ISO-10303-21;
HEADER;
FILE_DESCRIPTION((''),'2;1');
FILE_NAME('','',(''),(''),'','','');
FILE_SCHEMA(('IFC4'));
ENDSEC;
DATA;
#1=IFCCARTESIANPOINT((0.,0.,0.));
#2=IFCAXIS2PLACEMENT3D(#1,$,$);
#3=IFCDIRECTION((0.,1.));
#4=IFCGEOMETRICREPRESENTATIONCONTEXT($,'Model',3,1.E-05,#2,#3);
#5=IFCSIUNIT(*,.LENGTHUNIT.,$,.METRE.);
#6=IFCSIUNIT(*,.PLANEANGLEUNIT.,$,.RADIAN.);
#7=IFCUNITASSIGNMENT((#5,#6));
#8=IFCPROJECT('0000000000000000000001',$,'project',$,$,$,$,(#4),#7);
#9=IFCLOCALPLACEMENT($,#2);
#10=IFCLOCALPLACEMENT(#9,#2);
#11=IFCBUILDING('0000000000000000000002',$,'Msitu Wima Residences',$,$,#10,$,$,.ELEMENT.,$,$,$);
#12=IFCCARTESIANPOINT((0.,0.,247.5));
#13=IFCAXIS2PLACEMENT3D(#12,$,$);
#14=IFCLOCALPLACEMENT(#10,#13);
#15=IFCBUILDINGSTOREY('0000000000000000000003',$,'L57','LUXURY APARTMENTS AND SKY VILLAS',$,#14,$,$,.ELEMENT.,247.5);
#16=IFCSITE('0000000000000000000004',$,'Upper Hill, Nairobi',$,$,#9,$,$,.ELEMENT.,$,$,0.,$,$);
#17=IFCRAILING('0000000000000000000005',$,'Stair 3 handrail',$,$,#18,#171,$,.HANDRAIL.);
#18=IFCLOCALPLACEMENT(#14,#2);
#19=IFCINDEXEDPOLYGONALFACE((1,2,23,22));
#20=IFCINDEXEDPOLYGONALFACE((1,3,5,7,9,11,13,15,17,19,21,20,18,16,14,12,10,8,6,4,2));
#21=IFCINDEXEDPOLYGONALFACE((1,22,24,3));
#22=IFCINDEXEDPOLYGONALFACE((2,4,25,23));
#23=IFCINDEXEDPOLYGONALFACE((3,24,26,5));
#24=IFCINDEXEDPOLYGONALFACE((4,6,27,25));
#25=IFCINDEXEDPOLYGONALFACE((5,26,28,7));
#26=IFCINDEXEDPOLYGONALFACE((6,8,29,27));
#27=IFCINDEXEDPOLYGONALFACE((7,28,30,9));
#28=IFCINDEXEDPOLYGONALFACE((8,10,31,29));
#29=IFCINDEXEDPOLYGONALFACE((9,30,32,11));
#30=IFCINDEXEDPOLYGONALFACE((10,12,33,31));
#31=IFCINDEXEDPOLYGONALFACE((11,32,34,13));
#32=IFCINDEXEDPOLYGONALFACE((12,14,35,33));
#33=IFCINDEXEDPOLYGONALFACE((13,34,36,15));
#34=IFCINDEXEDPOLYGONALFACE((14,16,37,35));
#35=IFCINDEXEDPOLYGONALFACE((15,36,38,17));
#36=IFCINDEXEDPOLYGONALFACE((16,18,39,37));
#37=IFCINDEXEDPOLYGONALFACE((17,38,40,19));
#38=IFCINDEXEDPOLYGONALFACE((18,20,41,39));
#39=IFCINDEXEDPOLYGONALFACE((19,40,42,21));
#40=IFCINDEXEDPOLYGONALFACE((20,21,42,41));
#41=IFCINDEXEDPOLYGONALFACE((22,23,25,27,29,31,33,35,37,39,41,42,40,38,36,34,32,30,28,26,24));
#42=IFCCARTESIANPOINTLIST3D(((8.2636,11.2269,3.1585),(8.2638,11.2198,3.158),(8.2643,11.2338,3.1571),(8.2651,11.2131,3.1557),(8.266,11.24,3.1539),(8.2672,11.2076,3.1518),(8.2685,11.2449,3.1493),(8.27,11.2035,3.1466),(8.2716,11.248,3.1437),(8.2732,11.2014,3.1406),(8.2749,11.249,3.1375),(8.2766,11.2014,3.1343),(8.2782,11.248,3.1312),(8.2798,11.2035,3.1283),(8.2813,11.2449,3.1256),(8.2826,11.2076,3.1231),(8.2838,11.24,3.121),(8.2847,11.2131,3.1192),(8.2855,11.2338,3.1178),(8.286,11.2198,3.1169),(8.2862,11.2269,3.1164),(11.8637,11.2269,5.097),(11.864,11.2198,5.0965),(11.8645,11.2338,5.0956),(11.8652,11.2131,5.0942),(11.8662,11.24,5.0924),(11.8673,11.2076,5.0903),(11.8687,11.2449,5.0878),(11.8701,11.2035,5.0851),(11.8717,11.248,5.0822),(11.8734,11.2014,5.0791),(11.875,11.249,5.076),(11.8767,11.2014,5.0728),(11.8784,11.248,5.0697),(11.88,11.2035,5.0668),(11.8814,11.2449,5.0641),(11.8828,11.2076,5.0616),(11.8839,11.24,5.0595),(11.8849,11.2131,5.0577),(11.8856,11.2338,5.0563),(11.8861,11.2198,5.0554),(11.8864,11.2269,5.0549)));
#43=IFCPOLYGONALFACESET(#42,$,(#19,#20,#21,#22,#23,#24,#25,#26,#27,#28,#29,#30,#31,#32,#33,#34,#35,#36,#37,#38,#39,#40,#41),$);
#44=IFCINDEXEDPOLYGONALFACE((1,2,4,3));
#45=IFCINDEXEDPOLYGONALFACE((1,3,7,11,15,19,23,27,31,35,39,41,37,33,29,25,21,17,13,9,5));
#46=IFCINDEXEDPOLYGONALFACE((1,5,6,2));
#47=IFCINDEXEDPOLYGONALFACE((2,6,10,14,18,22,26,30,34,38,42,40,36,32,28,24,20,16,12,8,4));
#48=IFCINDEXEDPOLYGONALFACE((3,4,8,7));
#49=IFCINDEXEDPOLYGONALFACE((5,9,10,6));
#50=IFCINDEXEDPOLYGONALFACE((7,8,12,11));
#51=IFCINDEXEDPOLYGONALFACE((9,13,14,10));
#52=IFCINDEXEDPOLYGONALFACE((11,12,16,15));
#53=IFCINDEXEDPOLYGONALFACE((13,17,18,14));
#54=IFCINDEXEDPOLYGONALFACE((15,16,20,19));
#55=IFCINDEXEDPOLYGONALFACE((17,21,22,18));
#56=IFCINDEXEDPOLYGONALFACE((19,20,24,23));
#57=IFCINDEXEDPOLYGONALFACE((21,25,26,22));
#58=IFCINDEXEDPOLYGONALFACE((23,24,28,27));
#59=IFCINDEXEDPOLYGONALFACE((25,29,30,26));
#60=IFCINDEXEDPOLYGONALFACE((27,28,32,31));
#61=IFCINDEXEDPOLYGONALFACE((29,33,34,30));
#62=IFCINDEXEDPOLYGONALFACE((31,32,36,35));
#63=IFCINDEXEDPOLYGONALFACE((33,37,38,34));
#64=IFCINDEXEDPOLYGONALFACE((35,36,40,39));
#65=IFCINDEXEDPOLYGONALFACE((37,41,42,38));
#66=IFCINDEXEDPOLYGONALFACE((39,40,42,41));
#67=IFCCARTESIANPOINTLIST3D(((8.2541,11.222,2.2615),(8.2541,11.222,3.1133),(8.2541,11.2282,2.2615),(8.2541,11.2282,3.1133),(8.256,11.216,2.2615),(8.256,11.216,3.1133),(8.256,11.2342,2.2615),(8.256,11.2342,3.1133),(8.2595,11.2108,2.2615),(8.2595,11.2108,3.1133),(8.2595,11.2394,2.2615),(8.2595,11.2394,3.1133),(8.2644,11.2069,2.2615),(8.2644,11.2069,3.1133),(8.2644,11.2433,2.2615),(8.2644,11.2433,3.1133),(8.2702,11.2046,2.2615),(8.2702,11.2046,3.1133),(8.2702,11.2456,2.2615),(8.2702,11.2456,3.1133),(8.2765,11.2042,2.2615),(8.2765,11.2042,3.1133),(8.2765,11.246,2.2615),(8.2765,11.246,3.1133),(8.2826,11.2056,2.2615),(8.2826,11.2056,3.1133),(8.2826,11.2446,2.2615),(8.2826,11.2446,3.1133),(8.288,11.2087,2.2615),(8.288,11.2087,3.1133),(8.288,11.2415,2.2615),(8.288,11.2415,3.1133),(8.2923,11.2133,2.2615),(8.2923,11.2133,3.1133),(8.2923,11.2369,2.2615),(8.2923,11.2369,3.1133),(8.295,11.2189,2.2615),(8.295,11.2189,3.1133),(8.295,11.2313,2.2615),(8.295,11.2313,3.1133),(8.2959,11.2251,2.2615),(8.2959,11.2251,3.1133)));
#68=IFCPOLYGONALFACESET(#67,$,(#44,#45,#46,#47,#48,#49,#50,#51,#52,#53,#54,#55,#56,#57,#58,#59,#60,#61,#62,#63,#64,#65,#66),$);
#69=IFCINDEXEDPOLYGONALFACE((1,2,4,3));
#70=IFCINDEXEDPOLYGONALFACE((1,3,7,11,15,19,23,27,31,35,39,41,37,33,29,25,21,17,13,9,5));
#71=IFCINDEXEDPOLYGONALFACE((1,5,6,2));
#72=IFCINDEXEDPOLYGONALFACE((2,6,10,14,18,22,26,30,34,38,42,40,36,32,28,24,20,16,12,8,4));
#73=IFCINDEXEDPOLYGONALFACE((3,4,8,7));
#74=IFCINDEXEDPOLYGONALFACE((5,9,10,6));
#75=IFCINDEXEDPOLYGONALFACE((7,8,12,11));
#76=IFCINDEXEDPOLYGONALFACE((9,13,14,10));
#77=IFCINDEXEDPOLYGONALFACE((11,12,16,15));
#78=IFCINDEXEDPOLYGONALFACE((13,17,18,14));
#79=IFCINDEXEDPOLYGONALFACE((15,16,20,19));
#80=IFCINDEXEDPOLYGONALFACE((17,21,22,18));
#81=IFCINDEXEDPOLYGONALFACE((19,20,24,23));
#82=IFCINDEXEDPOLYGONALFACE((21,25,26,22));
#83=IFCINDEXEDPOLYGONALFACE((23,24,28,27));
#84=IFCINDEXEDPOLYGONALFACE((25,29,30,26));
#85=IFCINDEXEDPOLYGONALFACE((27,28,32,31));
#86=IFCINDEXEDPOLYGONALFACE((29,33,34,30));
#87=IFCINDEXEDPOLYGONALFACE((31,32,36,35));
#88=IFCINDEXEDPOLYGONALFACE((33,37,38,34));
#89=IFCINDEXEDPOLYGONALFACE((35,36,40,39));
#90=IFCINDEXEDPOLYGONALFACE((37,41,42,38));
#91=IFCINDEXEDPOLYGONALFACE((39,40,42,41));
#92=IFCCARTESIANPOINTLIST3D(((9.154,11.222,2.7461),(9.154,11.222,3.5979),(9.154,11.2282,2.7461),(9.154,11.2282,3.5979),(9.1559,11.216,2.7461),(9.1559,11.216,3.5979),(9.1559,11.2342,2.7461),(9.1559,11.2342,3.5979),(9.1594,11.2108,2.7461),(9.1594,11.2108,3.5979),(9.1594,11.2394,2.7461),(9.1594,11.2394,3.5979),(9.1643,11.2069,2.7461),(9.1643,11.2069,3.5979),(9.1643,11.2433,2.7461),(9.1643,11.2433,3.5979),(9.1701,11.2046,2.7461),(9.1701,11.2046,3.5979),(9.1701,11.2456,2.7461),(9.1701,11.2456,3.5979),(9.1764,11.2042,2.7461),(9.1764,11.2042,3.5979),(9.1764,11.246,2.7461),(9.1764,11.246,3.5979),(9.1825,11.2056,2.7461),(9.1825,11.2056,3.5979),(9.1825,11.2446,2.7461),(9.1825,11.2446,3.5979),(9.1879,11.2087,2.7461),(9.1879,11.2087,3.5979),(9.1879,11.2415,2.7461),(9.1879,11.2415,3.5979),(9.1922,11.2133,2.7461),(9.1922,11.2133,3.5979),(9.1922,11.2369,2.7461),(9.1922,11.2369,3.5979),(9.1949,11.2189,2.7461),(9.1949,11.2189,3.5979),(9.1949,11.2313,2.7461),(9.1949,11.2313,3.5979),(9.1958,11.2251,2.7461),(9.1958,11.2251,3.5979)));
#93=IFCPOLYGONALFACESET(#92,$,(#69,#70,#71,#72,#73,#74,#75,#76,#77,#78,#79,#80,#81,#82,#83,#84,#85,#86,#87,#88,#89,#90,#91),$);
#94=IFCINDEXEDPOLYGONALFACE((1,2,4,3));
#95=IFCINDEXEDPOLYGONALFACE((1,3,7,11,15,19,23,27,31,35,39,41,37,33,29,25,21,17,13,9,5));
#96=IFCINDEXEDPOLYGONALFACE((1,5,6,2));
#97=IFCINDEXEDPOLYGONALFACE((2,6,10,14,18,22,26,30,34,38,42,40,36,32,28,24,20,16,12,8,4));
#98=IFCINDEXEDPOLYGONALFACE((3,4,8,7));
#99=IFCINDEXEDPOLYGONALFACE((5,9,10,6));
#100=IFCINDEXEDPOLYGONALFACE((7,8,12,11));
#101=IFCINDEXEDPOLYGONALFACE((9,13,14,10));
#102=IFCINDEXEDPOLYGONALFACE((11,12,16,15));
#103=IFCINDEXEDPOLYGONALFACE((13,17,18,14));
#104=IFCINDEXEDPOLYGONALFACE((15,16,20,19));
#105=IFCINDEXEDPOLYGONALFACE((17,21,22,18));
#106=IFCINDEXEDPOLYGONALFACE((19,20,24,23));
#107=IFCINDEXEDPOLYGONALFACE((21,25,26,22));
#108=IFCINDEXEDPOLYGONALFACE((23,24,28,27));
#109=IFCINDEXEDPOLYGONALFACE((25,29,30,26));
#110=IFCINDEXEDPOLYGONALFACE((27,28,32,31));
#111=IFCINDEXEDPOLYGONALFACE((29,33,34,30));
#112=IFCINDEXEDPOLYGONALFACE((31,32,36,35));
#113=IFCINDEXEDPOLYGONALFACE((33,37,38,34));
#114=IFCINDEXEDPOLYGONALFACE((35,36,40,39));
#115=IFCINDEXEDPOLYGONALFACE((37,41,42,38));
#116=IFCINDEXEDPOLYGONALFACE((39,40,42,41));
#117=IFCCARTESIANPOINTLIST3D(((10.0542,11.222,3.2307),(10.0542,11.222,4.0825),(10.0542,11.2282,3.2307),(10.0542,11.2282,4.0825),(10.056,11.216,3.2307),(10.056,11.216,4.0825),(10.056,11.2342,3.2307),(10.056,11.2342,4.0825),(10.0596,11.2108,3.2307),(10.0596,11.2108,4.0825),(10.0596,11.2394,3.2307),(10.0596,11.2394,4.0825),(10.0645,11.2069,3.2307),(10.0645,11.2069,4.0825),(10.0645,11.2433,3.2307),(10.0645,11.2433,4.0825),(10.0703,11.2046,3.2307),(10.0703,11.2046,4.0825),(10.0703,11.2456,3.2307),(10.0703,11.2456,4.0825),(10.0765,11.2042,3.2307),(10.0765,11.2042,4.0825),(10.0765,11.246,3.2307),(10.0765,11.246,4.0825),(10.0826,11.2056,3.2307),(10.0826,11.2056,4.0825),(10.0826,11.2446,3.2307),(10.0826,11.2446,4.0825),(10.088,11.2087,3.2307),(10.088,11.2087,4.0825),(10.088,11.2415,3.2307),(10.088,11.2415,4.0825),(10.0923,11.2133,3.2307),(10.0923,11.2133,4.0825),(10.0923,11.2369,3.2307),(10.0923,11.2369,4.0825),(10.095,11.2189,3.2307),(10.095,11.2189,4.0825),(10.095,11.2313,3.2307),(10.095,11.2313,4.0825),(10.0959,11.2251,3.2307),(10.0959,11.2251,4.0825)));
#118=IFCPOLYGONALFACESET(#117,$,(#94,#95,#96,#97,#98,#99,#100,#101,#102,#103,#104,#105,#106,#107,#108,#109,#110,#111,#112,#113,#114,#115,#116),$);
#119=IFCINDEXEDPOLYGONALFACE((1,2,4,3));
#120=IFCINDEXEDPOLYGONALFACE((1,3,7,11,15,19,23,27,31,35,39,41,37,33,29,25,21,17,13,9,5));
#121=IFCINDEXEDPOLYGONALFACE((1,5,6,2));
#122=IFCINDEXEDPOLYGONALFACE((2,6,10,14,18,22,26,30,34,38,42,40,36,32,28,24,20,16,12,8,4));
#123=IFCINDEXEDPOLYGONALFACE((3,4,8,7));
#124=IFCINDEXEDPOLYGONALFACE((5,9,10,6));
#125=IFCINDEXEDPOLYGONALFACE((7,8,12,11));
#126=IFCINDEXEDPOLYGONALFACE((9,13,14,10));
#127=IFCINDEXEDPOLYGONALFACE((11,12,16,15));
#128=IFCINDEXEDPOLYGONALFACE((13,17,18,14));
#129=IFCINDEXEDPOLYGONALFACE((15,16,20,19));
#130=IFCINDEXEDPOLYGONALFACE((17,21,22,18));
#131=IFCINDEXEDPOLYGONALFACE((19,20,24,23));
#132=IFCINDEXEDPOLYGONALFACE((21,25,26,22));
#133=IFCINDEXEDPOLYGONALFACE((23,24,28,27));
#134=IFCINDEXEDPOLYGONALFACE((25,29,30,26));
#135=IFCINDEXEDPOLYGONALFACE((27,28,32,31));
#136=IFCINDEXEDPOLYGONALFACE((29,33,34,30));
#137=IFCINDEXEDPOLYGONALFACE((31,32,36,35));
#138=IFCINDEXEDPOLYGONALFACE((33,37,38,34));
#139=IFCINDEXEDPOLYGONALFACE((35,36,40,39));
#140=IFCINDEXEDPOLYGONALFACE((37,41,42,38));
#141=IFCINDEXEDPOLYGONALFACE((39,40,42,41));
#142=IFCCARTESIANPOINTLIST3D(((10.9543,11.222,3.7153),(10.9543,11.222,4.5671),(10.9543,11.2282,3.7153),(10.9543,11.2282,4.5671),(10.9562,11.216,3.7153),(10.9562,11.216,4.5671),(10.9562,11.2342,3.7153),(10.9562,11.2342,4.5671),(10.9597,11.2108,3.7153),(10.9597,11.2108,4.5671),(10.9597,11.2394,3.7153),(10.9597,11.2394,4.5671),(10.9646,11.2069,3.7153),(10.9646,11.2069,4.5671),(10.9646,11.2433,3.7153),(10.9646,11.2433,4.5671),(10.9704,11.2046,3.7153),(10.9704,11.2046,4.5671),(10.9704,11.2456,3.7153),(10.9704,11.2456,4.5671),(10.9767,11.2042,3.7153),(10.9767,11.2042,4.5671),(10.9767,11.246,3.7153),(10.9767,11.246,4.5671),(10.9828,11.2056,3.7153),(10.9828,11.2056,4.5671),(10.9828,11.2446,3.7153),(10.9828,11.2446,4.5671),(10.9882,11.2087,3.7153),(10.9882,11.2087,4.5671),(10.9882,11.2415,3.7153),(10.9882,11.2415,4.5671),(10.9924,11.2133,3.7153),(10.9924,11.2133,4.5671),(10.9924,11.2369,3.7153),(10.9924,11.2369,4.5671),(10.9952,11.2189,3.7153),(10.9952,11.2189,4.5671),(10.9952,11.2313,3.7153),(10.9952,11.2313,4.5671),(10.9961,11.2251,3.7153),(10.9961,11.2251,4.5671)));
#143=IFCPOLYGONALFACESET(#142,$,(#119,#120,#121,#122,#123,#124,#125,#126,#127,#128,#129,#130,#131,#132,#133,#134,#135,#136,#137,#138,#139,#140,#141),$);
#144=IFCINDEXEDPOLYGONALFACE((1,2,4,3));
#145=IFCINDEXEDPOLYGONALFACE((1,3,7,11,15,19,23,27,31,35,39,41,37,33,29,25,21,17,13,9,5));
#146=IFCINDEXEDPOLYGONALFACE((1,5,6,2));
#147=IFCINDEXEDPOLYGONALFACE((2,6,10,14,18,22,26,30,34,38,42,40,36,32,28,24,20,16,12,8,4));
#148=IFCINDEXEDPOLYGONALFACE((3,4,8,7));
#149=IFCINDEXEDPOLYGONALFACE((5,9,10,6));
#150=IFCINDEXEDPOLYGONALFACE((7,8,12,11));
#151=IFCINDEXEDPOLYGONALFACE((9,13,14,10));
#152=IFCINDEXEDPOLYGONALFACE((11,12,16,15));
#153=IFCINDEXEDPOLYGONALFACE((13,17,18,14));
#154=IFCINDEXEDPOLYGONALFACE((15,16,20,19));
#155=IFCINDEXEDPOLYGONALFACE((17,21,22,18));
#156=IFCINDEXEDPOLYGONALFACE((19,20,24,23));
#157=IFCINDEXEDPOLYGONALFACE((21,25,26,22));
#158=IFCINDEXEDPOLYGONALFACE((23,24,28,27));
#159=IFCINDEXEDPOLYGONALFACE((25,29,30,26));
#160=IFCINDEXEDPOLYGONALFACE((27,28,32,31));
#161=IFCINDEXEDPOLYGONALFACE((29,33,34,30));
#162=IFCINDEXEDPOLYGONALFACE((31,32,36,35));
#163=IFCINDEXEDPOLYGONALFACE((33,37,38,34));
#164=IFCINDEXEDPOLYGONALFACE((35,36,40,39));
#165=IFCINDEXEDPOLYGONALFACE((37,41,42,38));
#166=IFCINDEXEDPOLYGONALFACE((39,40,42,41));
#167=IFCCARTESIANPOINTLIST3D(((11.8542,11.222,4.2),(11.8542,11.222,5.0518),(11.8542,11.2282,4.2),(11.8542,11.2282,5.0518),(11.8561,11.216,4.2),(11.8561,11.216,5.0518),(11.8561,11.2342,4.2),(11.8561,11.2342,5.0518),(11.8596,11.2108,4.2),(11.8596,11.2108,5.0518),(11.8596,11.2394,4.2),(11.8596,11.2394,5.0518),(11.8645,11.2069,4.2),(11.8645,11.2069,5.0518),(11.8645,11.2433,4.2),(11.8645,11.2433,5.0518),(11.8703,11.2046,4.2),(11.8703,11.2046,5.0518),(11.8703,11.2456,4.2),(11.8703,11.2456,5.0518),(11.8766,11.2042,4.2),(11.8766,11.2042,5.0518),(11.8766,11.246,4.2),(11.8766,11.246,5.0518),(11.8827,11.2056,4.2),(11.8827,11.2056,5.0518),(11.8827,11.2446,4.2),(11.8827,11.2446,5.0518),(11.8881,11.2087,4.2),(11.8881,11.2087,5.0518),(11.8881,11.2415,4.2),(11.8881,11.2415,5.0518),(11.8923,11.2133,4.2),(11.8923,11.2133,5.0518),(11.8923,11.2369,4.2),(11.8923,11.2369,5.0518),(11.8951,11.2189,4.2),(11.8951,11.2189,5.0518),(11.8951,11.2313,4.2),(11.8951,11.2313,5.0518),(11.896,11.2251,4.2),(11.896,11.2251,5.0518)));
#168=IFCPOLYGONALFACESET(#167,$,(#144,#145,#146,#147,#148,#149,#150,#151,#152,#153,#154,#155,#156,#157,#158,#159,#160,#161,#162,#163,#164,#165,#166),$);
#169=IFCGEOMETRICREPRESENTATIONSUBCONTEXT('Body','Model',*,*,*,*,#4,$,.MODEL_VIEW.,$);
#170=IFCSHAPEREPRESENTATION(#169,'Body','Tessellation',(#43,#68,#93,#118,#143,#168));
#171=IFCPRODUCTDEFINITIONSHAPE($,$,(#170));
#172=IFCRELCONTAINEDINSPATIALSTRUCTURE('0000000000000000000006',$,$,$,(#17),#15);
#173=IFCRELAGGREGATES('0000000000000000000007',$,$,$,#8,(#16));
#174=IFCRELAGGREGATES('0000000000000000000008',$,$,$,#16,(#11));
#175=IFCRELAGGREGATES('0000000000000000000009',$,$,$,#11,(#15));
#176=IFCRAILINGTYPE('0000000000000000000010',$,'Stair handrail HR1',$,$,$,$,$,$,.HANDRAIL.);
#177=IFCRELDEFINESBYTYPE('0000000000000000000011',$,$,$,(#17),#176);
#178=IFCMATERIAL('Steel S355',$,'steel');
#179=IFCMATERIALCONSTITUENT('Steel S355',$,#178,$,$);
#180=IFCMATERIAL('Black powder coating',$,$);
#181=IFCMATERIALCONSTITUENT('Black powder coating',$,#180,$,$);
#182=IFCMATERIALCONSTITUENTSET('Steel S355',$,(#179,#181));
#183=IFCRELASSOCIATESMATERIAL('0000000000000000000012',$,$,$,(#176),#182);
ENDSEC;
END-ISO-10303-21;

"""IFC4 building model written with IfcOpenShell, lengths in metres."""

from ifc_helpers import new_model, si_unit, direction, frame, origin, origin_2d, place, context, subcontext, project, spatial, circle, extrude, material, constituent, constituent_set, type_object, element, save


model = new_model("IFC4")

# Units and contexts
model_context = context("Model", 3, precision=1e-05, world=origin(), true_north=direction((0.0, 1.0)))
body_context = subcontext(model_context, "Body", "Model", "MODEL_VIEW")
ifc_project = project(units=[si_unit("LENGTHUNIT", "METRE"), si_unit("PLANEANGLEUNIT", "RADIAN")], contexts=[model_context])

# Site, building, storey
site_placement = place(None, origin())
site = spatial("IfcSite", under=ifc_project, at=site_placement, Name="Upper Hill, Nairobi", CompositionType="ELEMENT", RefElevation=0.0)
building_placement = place(site_placement, origin())
building = spatial("IfcBuilding", under=site, at=building_placement, Name="Msitu Wima Residences", CompositionType="ELEMENT")
storey_placement = place(building_placement, frame((0.0, 0.0, 247.5)))
storey = spatial("IfcBuildingStorey", under=building, at=storey_placement, Name="L57", Description="LUXURY APARTMENTS AND SKY VILLAS", CompositionType="ELEMENT", Elevation=247.5)

# Railing
ifc_material_1 = material(Name="Steel S355", Category="steel")
ifc_constituent_1 = constituent(ifc_material_1, Name="Steel S355")
ifc_material_2 = material(Name="Black powder coating")
ifc_constituent_2 = constituent(ifc_material_2, Name="Black powder coating")
ifc_constituent_set = constituent_set(constituents=[ifc_constituent_1, ifc_constituent_2], Name="Steel S355")
railing_type = type_object("IfcRailingType", Name="Stair handrail HR1", PredefinedType="HANDRAIL", material=ifc_constituent_set)
for number, where, name in (
    (1, (8.2749, 11.2251, 2.2615), "Stair 3 handrail"),
):
    element("IfcRailing", number, at=place(storey_placement, frame(where)), inside=storey, type_object=railing_type, Name=name, PredefinedType="HANDRAIL", context=body_context, shape_type="SweptSolid", body=[
        extrude(circle(Radius=0.0239, at=origin_2d()), frame((0.0, 0.0, 0.876), z_axis=(0.880475, 0.0, 0.474093), x_axis=(0.0, 1.0, 0.0)), (0.0, 0.0, 1.0), 4.0889),
        extrude(circle(Radius=0.021, at=origin_2d()), origin(), (0.0, 0.0, 1.0), 0.8518),
        extrude(circle(Radius=0.021, at=origin_2d()), frame((0.8999, 0.0, 0.4846)), (0.0, 0.0, 1.0), 0.8518),
        extrude(circle(Radius=0.021, at=origin_2d()), frame((1.8, 0.0, 0.9692)), (0.0, 0.0, 1.0), 0.8518),
        extrude(circle(Radius=0.021, at=origin_2d()), frame((2.7002, 0.0, 1.4539)), (0.0, 0.0, 1.0), 0.8518),
        extrude(circle(Radius=0.021, at=origin_2d()), frame((3.6001, 0.0, 1.9385)), (0.0, 0.0, 1.0), 0.8518),
    ])

save(model, "model.ifc")
